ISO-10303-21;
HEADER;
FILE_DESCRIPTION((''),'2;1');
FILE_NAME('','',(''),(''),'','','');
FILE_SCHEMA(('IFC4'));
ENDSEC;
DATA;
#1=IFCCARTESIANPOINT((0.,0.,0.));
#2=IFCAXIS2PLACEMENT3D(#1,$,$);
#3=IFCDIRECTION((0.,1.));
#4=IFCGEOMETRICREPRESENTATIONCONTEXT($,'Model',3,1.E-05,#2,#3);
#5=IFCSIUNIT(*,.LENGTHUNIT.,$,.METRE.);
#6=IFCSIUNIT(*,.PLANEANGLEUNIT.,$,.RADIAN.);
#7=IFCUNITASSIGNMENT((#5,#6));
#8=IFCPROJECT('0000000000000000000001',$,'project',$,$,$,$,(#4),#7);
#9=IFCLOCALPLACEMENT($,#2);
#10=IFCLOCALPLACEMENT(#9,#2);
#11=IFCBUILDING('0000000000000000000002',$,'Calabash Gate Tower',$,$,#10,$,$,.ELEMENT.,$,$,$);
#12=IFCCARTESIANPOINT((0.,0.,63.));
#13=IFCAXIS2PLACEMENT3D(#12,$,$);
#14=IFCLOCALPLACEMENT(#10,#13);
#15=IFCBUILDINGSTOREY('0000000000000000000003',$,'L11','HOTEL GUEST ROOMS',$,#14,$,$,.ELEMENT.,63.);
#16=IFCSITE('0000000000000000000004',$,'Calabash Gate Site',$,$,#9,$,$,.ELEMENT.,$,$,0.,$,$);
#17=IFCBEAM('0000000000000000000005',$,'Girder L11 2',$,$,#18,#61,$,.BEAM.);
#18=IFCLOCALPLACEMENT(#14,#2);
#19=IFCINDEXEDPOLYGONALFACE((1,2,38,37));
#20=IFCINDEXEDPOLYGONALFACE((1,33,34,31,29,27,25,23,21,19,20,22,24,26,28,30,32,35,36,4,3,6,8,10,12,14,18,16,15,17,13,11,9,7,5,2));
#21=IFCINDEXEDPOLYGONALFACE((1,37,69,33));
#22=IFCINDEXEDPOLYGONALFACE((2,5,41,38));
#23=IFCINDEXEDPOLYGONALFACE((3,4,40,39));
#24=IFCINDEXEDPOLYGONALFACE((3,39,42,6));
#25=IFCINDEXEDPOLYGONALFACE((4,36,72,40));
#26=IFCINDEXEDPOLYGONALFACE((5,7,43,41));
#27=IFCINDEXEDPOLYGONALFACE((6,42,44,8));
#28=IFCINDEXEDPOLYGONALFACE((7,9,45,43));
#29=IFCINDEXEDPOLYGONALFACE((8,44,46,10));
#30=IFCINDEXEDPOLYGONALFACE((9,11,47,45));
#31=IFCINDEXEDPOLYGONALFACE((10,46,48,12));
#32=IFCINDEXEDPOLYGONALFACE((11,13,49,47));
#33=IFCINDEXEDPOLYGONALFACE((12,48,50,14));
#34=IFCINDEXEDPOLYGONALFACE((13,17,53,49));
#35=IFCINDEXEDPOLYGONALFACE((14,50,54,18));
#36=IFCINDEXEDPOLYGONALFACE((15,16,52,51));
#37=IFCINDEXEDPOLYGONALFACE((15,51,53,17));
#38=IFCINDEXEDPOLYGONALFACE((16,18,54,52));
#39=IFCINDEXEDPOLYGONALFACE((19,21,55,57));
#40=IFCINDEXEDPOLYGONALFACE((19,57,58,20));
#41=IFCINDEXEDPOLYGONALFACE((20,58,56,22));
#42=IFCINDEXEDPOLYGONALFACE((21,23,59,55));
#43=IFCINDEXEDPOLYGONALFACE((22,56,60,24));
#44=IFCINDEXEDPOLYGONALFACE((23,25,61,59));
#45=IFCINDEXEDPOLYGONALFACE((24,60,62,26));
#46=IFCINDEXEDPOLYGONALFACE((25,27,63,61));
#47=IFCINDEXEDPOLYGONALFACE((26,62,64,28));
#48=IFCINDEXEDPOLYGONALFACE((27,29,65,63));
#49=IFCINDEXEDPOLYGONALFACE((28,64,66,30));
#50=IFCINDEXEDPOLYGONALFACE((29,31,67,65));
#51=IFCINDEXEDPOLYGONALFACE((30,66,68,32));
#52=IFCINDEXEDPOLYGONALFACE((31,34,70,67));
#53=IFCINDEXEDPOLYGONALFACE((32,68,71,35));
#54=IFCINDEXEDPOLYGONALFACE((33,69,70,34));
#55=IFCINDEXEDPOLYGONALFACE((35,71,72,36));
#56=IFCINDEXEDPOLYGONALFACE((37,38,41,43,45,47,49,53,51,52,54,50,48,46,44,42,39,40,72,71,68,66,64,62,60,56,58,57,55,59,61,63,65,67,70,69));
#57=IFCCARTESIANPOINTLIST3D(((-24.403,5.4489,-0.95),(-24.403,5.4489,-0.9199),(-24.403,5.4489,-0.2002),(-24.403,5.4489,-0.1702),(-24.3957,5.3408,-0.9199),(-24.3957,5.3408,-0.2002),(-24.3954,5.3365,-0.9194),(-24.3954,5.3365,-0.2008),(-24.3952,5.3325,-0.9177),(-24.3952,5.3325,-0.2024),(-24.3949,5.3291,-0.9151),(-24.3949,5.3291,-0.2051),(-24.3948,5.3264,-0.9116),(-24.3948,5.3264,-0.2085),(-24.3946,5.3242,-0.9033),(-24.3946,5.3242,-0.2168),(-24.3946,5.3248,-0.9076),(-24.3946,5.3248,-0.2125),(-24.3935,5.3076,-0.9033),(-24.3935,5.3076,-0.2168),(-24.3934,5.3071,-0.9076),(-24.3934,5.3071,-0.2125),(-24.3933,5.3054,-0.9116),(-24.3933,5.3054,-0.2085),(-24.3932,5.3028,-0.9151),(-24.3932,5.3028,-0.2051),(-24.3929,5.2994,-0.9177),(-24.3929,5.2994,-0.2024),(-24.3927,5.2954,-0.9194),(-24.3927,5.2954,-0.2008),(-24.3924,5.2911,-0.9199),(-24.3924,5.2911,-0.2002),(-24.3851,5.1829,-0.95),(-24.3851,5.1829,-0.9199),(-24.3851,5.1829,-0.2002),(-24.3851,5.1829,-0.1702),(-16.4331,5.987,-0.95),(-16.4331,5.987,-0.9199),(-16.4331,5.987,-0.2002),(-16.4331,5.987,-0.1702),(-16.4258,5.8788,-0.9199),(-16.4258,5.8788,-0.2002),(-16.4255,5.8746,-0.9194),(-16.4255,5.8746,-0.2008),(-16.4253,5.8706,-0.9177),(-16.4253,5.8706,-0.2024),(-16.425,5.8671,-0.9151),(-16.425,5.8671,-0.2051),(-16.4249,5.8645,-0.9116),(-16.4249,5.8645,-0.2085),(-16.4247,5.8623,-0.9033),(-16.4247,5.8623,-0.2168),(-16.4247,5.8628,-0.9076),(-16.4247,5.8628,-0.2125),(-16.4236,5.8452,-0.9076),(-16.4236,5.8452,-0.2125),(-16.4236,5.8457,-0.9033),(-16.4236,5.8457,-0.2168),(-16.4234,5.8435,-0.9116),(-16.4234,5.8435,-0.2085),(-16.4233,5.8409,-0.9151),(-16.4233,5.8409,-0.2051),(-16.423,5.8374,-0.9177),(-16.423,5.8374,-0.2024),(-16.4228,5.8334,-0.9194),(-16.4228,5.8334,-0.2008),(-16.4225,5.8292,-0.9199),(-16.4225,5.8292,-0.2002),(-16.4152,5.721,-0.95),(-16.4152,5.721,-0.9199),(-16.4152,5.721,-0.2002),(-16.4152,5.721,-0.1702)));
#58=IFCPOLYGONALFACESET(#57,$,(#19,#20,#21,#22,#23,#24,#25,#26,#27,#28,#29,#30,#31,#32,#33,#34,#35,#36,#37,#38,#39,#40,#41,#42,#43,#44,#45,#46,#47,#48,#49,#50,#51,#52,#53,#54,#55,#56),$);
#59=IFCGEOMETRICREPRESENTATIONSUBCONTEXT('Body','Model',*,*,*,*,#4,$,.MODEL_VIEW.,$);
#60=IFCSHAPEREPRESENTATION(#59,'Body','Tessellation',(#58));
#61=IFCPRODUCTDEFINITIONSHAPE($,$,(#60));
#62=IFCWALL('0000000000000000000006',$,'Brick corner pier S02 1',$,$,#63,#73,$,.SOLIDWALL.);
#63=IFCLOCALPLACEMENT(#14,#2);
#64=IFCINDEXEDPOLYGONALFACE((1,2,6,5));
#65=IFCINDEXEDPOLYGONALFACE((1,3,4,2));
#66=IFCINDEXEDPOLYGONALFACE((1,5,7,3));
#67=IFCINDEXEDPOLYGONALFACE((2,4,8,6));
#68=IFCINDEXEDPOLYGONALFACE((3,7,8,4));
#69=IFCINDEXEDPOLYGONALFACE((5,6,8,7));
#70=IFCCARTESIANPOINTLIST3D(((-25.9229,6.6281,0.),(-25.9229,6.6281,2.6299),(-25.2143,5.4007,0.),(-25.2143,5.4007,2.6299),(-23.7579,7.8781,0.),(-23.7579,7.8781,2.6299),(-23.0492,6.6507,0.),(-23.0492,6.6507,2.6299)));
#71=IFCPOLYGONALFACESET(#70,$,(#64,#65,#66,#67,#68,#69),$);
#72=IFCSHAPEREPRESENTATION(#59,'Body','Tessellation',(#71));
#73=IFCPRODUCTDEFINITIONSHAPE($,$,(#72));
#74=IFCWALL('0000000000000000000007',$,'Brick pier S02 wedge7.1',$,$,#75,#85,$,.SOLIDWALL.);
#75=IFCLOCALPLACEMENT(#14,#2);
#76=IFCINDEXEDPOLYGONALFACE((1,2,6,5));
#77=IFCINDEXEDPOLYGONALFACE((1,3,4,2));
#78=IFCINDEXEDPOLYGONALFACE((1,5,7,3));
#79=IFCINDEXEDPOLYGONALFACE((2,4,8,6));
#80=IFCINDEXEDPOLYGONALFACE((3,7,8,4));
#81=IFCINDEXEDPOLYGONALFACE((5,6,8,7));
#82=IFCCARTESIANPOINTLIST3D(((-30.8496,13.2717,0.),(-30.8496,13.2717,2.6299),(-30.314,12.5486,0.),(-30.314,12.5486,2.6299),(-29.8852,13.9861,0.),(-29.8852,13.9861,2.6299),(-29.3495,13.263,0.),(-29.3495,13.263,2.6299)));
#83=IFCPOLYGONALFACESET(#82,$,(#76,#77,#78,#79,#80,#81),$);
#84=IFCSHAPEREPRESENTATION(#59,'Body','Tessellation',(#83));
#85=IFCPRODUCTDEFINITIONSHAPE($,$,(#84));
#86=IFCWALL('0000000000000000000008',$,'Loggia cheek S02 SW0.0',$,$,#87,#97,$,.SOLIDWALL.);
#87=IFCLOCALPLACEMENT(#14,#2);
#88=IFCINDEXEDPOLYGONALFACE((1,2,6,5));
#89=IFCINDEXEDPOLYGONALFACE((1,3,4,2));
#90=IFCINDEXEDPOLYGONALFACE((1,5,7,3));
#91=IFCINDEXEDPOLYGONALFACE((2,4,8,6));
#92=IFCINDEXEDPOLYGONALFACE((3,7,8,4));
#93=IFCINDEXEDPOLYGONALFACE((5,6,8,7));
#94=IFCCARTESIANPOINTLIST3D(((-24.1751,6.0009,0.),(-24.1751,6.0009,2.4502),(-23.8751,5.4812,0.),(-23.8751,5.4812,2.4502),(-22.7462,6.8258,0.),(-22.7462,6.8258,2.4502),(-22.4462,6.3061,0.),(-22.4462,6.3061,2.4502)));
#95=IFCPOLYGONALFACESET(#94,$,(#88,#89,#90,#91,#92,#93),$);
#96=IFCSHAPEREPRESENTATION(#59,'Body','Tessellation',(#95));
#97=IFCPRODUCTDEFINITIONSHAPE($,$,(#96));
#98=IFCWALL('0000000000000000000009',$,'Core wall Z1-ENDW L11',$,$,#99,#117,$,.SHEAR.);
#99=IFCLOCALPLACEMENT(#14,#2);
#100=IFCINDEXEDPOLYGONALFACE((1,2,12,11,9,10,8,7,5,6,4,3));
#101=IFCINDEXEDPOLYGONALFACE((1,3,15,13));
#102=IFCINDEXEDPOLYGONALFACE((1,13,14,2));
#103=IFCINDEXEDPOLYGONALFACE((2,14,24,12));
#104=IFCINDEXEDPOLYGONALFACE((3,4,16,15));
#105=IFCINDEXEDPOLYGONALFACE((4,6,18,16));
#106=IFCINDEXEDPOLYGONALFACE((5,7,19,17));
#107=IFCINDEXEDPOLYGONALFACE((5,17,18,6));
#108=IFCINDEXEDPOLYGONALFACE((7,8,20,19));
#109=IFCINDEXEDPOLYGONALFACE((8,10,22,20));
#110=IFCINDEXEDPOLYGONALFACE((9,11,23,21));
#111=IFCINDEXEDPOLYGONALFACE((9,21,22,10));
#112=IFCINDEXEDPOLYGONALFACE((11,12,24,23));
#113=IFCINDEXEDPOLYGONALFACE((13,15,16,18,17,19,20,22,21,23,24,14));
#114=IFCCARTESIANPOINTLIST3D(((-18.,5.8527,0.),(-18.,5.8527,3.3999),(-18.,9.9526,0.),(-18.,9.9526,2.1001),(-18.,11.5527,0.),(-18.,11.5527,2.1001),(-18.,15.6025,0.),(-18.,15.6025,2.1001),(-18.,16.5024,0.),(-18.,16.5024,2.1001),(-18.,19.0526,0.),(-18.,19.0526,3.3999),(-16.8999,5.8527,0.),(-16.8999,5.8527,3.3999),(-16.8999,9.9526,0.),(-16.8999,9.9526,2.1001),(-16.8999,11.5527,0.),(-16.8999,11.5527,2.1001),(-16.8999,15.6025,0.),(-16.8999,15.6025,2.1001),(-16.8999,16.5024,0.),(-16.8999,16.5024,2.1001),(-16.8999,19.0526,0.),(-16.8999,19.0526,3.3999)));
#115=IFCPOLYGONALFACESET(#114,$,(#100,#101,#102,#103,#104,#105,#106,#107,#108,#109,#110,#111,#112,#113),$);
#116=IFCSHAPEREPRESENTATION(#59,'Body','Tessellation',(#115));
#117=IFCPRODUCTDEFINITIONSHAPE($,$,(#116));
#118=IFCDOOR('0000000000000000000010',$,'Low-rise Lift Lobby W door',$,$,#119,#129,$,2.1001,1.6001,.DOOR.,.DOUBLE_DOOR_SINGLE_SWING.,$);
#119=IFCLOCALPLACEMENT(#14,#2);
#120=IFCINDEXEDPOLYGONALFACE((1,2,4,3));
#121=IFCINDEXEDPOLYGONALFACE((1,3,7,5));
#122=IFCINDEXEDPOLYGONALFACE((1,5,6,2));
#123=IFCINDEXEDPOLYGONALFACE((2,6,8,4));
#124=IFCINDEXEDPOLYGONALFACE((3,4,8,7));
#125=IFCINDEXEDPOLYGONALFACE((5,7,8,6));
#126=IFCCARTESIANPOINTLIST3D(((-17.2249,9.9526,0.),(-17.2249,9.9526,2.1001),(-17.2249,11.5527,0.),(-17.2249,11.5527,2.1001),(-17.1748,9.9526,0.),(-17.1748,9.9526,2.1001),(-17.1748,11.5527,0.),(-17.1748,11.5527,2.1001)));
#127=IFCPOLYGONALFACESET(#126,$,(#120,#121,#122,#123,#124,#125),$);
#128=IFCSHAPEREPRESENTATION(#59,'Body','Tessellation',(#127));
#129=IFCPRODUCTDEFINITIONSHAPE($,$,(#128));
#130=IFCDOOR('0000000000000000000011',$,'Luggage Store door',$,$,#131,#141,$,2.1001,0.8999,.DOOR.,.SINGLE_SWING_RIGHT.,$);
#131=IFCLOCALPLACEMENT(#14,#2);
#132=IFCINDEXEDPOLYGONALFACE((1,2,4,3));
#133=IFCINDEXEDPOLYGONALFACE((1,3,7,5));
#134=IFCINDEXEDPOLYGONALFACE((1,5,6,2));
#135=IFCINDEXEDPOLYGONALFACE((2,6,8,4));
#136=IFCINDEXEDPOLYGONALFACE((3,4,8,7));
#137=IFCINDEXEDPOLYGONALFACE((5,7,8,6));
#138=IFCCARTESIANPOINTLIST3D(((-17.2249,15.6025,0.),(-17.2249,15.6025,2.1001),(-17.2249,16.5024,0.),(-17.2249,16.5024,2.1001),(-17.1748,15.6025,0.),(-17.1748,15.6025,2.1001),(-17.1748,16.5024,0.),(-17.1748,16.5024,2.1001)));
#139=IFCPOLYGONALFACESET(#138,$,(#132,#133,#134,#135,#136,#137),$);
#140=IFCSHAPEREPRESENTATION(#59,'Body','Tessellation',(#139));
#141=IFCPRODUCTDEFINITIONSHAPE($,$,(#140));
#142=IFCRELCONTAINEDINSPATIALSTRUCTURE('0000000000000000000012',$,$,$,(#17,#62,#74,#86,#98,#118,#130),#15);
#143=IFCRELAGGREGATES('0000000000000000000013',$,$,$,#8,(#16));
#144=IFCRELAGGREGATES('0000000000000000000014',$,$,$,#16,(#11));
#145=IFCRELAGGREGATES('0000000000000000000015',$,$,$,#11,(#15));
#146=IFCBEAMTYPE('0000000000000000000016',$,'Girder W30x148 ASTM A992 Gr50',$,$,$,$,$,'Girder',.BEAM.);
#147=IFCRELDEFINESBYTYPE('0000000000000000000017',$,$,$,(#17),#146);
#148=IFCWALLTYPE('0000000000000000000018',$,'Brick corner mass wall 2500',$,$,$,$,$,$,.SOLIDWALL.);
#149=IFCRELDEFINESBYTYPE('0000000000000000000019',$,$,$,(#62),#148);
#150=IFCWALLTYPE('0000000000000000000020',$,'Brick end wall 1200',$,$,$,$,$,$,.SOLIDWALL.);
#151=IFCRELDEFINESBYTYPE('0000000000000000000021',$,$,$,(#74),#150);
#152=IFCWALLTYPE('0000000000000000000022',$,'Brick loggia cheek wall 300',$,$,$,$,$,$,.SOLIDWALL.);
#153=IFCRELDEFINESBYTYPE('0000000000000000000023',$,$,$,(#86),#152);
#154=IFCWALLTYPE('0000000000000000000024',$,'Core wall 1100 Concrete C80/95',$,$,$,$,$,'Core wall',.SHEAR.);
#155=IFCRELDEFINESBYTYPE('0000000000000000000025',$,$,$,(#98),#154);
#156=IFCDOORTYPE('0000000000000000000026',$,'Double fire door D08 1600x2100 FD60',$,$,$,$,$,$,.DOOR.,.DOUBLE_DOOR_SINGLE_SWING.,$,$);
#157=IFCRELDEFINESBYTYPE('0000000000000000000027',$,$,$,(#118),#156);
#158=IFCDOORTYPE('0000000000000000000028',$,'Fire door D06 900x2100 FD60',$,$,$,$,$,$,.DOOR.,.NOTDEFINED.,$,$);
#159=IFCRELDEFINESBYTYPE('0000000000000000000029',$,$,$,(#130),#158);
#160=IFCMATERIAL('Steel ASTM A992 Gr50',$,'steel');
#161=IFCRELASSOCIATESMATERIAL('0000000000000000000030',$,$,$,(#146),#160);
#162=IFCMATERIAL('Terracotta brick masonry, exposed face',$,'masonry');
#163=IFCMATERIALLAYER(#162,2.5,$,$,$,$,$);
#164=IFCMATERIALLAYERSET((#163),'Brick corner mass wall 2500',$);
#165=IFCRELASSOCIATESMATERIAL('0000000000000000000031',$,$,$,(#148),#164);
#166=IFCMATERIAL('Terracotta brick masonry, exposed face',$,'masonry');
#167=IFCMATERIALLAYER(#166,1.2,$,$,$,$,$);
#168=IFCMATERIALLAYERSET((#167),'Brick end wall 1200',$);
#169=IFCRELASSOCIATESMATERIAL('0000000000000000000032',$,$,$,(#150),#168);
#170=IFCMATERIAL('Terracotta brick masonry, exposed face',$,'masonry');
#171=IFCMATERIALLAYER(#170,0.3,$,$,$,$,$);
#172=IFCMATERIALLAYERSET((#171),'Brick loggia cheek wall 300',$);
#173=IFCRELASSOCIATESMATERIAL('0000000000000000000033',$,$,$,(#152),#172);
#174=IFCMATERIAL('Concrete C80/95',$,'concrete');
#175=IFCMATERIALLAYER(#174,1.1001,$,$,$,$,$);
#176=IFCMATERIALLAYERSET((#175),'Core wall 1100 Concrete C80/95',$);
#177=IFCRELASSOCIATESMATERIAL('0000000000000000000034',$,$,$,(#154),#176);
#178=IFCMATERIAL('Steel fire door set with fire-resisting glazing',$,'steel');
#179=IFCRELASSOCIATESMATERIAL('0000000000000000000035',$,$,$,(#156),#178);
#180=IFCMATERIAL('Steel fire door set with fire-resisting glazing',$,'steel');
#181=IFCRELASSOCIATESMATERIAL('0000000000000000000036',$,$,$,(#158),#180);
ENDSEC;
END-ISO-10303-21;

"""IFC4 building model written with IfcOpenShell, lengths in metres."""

from ifc_helpers import new_model, si_unit, direction, frame, frame_2d, origin, origin_2d, place, context, subcontext, project, spatial, rectangle, i_section, extrude, material, layer, layer_set, material_profile, profile_set, type_object, element, fill, save


model = new_model("IFC4")

# Units and contexts
model_context = context("Model", 3, precision=1e-05, world=origin(), true_north=direction((0.0, 1.0)))
body_context = subcontext(model_context, "Body", "Model", "MODEL_VIEW")
ifc_project = project(units=[si_unit("LENGTHUNIT", "METRE"), si_unit("PLANEANGLEUNIT", "RADIAN")], contexts=[model_context])

# Site, building, storey
site_placement = place(None, origin())
site = spatial("IfcSite", under=ifc_project, at=site_placement, Name="Calabash Gate Site", CompositionType="ELEMENT", RefElevation=0.0)
building_placement = place(site_placement, origin())
building = spatial("IfcBuilding", under=site, at=building_placement, Name="Calabash Gate Tower", CompositionType="ELEMENT")
storey_placement = place(building_placement, frame((0.0, 0.0, 63.0)))
storey = spatial("IfcBuildingStorey", under=building, at=storey_placement, Name="L11", Description="HOTEL GUEST ROOMS", CompositionType="ELEMENT", Elevation=63.0)

# Beam
ifc_material_1 = material(Name="Steel ASTM A992 Gr50", Category="steel")
ifc_material_profile_1 = material_profile(ifc_material_1, i_section(OverallWidth=0.2666, OverallDepth=0.7798, WebThickness=0.0166, FlangeThickness=0.03, FilletRadius=0.0166, at=origin_2d()))
ifc_profile_set_1 = profile_set([ifc_material_profile_1], Name="Steel ASTM A992 Gr50")
beam_type_1 = type_object("IfcBeamType", Name="Girder W30x148 ASTM A992 Gr50", ElementType="Girder", PredefinedType="BEAM", material=ifc_profile_set_1)
beam_1_placement = place(storey_placement, frame((-24.394, 5.3159, -0.5601), z_axis=(0.997729, 0.067361, 0.0), x_axis=(-0.067361, 0.997729, 0.0)))
element("IfcBeam", 1, at=beam_1_placement, inside=storey, type_object=beam_type_1, Name="Girder L11 2", PredefinedType="BEAM", context=body_context, shape_type="SweptSolid", body=[
    extrude(i_section(OverallWidth=0.2666, OverallDepth=0.7798, WebThickness=0.0166, FlangeThickness=0.03, FilletRadius=0.0166, at=origin_2d()), origin(), (0.0, 0.0, 1.0), 7.988),
])

# Walls
ifc_material_2 = material(Name="Terracotta brick masonry, exposed face", Category="masonry")
ifc_layer_1 = layer(ifc_material_2, 2.5)
ifc_layer_set_1 = layer_set([ifc_layer_1], Name="Brick corner mass wall 2500")
wall_type_1 = type_object("IfcWallType", Name="Brick corner mass wall 2500", PredefinedType="SOLIDWALL", material=ifc_layer_set_1)
wall_1_placement = place(storey_placement, frame((-25.5686, 6.0144, 0.0), z_axis=(0.0, 0.0, 1.0), x_axis=(0.866023, 0.500004, 0.0)))
element("IfcWall", 2, at=wall_1_placement, inside=storey, type_object=wall_type_1, Name="Brick corner pier S02 1", PredefinedType="SOLIDWALL", context=body_context, shape_type="SweptSolid", body=[
    extrude(rectangle(XDim=2.5, YDim=1.4172, at=frame_2d((1.25, 0.0))), origin(), (0.0, 0.0, 1.0), 2.6299),
])
ifc_material_3 = material(Name="Terracotta brick masonry, exposed face", Category="masonry")
ifc_layer_2 = layer(ifc_material_3, 1.2)
ifc_layer_set_2 = layer_set([ifc_layer_2], Name="Brick end wall 1200")
wall_type_2 = type_object("IfcWallType", Name="Brick end wall 1200", PredefinedType="SOLIDWALL", material=ifc_layer_set_2)
wall_2_placement = place(storey_placement, frame((-30.5818, 12.9102, 0.0), z_axis=(0.0, 0.0, 1.0), x_axis=(0.80355, 0.595237, 0.0)))
element("IfcWall", 3, at=wall_2_placement, inside=storey, type_object=wall_type_2, Name="Brick pier S02 wedge7.1", PredefinedType="SOLIDWALL", context=body_context, shape_type="SweptSolid", body=[
    extrude(rectangle(XDim=1.2002, YDim=0.8999, at=frame_2d((0.6001, 0.0))), origin(), (0.0, 0.0, 1.0), 2.6299),
])
ifc_material_4 = material(Name="Terracotta brick masonry, exposed face", Category="masonry")
ifc_layer_3 = layer(ifc_material_4, 0.3)
ifc_layer_set_3 = layer_set([ifc_layer_3], Name="Brick loggia cheek wall 300")
wall_type_3 = type_object("IfcWallType", Name="Brick loggia cheek wall 300", PredefinedType="SOLIDWALL", material=ifc_layer_set_3)
wall_3_placement = place(storey_placement, frame((-22.5962, 6.5659, 0.0), z_axis=(0.0, 0.0, 1.0), x_axis=(-0.86604, -0.499974, 0.0)))
element("IfcWall", 4, at=wall_3_placement, inside=storey, type_object=wall_type_3, Name="Loggia cheek S02 SW0.0", PredefinedType="SOLIDWALL", context=body_context, shape_type="SweptSolid", body=[
    extrude(rectangle(XDim=1.6499, YDim=0.6001, at=frame_2d((0.825, 0.0))), origin(), (0.0, 0.0, 1.0), 2.4502),
])

# Wall, openings, doors
ifc_material_5 = material(Name="Concrete C80/95", Category="concrete")
ifc_layer_4 = layer(ifc_material_5, 1.1001)
ifc_layer_set_4 = layer_set([ifc_layer_4], Name="Core wall 1100 Concrete C80/95")
wall_type_4 = type_object("IfcWallType", Name="Core wall 1100 Concrete C80/95", ElementType="Core wall", PredefinedType="SHEAR", material=ifc_layer_set_4)
wall_4_placement = place(storey_placement, frame((-17.45, 5.8525, 0.0), z_axis=(0.0, 0.0, 1.0), x_axis=(0.0, 1.0, 0.0)))
wall_4 = element("IfcWall", 5, at=wall_4_placement, inside=storey, type_object=wall_type_4, Name="Core wall Z1-ENDW L11", PredefinedType="SHEAR", context=body_context, shape_type="SweptSolid", body=[
    extrude(rectangle(XDim=13.2, YDim=1.1001, at=frame_2d((6.6001, 0.0))), origin(), (0.0, 0.0, 1.0), 3.3999),
])
opening_1_placement = place(wall_4_placement, frame((4.1001, 0.0, 0.0)))
opening_1 = element("IfcOpeningElement", 6, at=opening_1_placement, cuts=wall_4, PredefinedType="OPENING", context=body_context, shape_type="SweptSolid", body=[
    extrude(rectangle(XDim=1.6001, YDim=2.1001, at=frame_2d((0.8, 1.05))), frame((0.0, 0.5601, 0.0), z_axis=(0.0, -1.0, 0.0), x_axis=(1.0, 0.0, 0.0)), (0.0, 0.0, 1.0), 1.1201),
])
opening_2_placement = place(wall_4_placement, frame((9.75, 0.0, 0.0)))
opening_2 = element("IfcOpeningElement", 7, at=opening_2_placement, cuts=wall_4, PredefinedType="OPENING", context=body_context, shape_type="SweptSolid", body=[
    extrude(rectangle(XDim=0.8999, YDim=2.1001, at=frame_2d((0.45, 1.05))), frame((0.0, 0.5601, 0.0), z_axis=(0.0, -1.0, 0.0), x_axis=(1.0, 0.0, 0.0)), (0.0, 0.0, 1.0), 1.1201),
])
ifc_material_6 = material(Name="Steel fire door set with fire-resisting glazing", Category="steel")
door_type_1 = type_object("IfcDoorType", Name="Double fire door D08 1600x2100 FD60", OperationType="DOUBLE_DOOR_SINGLE_SWING", PredefinedType="DOOR", material=ifc_material_6)
door_1_placement = place(opening_1_placement, origin())
door_1 = element("IfcDoor", 8, at=door_1_placement, inside=storey, type_object=door_type_1, Name="Low-rise Lift Lobby W door", OperationType="DOUBLE_DOOR_SINGLE_SWING", OverallHeight=2.1001, OverallWidth=1.6001, PredefinedType="DOOR", context=body_context, shape_type="SweptSolid", body=[
    extrude(rectangle(XDim=1.6001, YDim=2.1001, at=frame_2d((0.8, 1.05))), frame((0.0, -0.2251, 0.0), z_axis=(0.0, -1.0, 0.0), x_axis=(1.0, 0.0, 0.0)), (0.0, 0.0, 1.0), 0.05),
])
fill(opening_1, door_1)
ifc_material_7 = material(Name="Steel fire door set with fire-resisting glazing", Category="steel")
door_type_2 = type_object("IfcDoorType", Name="Fire door D06 900x2100 FD60", OperationType="NOTDEFINED", PredefinedType="DOOR", material=ifc_material_7)
door_2_placement = place(opening_2_placement, origin())
door_2 = element("IfcDoor", 9, at=door_2_placement, inside=storey, type_object=door_type_2, Name="Luggage Store door", OperationType="SINGLE_SWING_RIGHT", OverallHeight=2.1001, OverallWidth=0.8999, PredefinedType="DOOR", context=body_context, shape_type="SweptSolid", body=[
    extrude(rectangle(XDim=0.8999, YDim=2.1001, at=frame_2d((0.45, 1.05))), frame((0.0, -0.2251, 0.0), z_axis=(0.0, -1.0, 0.0), x_axis=(1.0, 0.0, 0.0)), (0.0, 0.0, 1.0), 0.05),
])
fill(opening_2, door_2)

save(model, "model.ifc")
